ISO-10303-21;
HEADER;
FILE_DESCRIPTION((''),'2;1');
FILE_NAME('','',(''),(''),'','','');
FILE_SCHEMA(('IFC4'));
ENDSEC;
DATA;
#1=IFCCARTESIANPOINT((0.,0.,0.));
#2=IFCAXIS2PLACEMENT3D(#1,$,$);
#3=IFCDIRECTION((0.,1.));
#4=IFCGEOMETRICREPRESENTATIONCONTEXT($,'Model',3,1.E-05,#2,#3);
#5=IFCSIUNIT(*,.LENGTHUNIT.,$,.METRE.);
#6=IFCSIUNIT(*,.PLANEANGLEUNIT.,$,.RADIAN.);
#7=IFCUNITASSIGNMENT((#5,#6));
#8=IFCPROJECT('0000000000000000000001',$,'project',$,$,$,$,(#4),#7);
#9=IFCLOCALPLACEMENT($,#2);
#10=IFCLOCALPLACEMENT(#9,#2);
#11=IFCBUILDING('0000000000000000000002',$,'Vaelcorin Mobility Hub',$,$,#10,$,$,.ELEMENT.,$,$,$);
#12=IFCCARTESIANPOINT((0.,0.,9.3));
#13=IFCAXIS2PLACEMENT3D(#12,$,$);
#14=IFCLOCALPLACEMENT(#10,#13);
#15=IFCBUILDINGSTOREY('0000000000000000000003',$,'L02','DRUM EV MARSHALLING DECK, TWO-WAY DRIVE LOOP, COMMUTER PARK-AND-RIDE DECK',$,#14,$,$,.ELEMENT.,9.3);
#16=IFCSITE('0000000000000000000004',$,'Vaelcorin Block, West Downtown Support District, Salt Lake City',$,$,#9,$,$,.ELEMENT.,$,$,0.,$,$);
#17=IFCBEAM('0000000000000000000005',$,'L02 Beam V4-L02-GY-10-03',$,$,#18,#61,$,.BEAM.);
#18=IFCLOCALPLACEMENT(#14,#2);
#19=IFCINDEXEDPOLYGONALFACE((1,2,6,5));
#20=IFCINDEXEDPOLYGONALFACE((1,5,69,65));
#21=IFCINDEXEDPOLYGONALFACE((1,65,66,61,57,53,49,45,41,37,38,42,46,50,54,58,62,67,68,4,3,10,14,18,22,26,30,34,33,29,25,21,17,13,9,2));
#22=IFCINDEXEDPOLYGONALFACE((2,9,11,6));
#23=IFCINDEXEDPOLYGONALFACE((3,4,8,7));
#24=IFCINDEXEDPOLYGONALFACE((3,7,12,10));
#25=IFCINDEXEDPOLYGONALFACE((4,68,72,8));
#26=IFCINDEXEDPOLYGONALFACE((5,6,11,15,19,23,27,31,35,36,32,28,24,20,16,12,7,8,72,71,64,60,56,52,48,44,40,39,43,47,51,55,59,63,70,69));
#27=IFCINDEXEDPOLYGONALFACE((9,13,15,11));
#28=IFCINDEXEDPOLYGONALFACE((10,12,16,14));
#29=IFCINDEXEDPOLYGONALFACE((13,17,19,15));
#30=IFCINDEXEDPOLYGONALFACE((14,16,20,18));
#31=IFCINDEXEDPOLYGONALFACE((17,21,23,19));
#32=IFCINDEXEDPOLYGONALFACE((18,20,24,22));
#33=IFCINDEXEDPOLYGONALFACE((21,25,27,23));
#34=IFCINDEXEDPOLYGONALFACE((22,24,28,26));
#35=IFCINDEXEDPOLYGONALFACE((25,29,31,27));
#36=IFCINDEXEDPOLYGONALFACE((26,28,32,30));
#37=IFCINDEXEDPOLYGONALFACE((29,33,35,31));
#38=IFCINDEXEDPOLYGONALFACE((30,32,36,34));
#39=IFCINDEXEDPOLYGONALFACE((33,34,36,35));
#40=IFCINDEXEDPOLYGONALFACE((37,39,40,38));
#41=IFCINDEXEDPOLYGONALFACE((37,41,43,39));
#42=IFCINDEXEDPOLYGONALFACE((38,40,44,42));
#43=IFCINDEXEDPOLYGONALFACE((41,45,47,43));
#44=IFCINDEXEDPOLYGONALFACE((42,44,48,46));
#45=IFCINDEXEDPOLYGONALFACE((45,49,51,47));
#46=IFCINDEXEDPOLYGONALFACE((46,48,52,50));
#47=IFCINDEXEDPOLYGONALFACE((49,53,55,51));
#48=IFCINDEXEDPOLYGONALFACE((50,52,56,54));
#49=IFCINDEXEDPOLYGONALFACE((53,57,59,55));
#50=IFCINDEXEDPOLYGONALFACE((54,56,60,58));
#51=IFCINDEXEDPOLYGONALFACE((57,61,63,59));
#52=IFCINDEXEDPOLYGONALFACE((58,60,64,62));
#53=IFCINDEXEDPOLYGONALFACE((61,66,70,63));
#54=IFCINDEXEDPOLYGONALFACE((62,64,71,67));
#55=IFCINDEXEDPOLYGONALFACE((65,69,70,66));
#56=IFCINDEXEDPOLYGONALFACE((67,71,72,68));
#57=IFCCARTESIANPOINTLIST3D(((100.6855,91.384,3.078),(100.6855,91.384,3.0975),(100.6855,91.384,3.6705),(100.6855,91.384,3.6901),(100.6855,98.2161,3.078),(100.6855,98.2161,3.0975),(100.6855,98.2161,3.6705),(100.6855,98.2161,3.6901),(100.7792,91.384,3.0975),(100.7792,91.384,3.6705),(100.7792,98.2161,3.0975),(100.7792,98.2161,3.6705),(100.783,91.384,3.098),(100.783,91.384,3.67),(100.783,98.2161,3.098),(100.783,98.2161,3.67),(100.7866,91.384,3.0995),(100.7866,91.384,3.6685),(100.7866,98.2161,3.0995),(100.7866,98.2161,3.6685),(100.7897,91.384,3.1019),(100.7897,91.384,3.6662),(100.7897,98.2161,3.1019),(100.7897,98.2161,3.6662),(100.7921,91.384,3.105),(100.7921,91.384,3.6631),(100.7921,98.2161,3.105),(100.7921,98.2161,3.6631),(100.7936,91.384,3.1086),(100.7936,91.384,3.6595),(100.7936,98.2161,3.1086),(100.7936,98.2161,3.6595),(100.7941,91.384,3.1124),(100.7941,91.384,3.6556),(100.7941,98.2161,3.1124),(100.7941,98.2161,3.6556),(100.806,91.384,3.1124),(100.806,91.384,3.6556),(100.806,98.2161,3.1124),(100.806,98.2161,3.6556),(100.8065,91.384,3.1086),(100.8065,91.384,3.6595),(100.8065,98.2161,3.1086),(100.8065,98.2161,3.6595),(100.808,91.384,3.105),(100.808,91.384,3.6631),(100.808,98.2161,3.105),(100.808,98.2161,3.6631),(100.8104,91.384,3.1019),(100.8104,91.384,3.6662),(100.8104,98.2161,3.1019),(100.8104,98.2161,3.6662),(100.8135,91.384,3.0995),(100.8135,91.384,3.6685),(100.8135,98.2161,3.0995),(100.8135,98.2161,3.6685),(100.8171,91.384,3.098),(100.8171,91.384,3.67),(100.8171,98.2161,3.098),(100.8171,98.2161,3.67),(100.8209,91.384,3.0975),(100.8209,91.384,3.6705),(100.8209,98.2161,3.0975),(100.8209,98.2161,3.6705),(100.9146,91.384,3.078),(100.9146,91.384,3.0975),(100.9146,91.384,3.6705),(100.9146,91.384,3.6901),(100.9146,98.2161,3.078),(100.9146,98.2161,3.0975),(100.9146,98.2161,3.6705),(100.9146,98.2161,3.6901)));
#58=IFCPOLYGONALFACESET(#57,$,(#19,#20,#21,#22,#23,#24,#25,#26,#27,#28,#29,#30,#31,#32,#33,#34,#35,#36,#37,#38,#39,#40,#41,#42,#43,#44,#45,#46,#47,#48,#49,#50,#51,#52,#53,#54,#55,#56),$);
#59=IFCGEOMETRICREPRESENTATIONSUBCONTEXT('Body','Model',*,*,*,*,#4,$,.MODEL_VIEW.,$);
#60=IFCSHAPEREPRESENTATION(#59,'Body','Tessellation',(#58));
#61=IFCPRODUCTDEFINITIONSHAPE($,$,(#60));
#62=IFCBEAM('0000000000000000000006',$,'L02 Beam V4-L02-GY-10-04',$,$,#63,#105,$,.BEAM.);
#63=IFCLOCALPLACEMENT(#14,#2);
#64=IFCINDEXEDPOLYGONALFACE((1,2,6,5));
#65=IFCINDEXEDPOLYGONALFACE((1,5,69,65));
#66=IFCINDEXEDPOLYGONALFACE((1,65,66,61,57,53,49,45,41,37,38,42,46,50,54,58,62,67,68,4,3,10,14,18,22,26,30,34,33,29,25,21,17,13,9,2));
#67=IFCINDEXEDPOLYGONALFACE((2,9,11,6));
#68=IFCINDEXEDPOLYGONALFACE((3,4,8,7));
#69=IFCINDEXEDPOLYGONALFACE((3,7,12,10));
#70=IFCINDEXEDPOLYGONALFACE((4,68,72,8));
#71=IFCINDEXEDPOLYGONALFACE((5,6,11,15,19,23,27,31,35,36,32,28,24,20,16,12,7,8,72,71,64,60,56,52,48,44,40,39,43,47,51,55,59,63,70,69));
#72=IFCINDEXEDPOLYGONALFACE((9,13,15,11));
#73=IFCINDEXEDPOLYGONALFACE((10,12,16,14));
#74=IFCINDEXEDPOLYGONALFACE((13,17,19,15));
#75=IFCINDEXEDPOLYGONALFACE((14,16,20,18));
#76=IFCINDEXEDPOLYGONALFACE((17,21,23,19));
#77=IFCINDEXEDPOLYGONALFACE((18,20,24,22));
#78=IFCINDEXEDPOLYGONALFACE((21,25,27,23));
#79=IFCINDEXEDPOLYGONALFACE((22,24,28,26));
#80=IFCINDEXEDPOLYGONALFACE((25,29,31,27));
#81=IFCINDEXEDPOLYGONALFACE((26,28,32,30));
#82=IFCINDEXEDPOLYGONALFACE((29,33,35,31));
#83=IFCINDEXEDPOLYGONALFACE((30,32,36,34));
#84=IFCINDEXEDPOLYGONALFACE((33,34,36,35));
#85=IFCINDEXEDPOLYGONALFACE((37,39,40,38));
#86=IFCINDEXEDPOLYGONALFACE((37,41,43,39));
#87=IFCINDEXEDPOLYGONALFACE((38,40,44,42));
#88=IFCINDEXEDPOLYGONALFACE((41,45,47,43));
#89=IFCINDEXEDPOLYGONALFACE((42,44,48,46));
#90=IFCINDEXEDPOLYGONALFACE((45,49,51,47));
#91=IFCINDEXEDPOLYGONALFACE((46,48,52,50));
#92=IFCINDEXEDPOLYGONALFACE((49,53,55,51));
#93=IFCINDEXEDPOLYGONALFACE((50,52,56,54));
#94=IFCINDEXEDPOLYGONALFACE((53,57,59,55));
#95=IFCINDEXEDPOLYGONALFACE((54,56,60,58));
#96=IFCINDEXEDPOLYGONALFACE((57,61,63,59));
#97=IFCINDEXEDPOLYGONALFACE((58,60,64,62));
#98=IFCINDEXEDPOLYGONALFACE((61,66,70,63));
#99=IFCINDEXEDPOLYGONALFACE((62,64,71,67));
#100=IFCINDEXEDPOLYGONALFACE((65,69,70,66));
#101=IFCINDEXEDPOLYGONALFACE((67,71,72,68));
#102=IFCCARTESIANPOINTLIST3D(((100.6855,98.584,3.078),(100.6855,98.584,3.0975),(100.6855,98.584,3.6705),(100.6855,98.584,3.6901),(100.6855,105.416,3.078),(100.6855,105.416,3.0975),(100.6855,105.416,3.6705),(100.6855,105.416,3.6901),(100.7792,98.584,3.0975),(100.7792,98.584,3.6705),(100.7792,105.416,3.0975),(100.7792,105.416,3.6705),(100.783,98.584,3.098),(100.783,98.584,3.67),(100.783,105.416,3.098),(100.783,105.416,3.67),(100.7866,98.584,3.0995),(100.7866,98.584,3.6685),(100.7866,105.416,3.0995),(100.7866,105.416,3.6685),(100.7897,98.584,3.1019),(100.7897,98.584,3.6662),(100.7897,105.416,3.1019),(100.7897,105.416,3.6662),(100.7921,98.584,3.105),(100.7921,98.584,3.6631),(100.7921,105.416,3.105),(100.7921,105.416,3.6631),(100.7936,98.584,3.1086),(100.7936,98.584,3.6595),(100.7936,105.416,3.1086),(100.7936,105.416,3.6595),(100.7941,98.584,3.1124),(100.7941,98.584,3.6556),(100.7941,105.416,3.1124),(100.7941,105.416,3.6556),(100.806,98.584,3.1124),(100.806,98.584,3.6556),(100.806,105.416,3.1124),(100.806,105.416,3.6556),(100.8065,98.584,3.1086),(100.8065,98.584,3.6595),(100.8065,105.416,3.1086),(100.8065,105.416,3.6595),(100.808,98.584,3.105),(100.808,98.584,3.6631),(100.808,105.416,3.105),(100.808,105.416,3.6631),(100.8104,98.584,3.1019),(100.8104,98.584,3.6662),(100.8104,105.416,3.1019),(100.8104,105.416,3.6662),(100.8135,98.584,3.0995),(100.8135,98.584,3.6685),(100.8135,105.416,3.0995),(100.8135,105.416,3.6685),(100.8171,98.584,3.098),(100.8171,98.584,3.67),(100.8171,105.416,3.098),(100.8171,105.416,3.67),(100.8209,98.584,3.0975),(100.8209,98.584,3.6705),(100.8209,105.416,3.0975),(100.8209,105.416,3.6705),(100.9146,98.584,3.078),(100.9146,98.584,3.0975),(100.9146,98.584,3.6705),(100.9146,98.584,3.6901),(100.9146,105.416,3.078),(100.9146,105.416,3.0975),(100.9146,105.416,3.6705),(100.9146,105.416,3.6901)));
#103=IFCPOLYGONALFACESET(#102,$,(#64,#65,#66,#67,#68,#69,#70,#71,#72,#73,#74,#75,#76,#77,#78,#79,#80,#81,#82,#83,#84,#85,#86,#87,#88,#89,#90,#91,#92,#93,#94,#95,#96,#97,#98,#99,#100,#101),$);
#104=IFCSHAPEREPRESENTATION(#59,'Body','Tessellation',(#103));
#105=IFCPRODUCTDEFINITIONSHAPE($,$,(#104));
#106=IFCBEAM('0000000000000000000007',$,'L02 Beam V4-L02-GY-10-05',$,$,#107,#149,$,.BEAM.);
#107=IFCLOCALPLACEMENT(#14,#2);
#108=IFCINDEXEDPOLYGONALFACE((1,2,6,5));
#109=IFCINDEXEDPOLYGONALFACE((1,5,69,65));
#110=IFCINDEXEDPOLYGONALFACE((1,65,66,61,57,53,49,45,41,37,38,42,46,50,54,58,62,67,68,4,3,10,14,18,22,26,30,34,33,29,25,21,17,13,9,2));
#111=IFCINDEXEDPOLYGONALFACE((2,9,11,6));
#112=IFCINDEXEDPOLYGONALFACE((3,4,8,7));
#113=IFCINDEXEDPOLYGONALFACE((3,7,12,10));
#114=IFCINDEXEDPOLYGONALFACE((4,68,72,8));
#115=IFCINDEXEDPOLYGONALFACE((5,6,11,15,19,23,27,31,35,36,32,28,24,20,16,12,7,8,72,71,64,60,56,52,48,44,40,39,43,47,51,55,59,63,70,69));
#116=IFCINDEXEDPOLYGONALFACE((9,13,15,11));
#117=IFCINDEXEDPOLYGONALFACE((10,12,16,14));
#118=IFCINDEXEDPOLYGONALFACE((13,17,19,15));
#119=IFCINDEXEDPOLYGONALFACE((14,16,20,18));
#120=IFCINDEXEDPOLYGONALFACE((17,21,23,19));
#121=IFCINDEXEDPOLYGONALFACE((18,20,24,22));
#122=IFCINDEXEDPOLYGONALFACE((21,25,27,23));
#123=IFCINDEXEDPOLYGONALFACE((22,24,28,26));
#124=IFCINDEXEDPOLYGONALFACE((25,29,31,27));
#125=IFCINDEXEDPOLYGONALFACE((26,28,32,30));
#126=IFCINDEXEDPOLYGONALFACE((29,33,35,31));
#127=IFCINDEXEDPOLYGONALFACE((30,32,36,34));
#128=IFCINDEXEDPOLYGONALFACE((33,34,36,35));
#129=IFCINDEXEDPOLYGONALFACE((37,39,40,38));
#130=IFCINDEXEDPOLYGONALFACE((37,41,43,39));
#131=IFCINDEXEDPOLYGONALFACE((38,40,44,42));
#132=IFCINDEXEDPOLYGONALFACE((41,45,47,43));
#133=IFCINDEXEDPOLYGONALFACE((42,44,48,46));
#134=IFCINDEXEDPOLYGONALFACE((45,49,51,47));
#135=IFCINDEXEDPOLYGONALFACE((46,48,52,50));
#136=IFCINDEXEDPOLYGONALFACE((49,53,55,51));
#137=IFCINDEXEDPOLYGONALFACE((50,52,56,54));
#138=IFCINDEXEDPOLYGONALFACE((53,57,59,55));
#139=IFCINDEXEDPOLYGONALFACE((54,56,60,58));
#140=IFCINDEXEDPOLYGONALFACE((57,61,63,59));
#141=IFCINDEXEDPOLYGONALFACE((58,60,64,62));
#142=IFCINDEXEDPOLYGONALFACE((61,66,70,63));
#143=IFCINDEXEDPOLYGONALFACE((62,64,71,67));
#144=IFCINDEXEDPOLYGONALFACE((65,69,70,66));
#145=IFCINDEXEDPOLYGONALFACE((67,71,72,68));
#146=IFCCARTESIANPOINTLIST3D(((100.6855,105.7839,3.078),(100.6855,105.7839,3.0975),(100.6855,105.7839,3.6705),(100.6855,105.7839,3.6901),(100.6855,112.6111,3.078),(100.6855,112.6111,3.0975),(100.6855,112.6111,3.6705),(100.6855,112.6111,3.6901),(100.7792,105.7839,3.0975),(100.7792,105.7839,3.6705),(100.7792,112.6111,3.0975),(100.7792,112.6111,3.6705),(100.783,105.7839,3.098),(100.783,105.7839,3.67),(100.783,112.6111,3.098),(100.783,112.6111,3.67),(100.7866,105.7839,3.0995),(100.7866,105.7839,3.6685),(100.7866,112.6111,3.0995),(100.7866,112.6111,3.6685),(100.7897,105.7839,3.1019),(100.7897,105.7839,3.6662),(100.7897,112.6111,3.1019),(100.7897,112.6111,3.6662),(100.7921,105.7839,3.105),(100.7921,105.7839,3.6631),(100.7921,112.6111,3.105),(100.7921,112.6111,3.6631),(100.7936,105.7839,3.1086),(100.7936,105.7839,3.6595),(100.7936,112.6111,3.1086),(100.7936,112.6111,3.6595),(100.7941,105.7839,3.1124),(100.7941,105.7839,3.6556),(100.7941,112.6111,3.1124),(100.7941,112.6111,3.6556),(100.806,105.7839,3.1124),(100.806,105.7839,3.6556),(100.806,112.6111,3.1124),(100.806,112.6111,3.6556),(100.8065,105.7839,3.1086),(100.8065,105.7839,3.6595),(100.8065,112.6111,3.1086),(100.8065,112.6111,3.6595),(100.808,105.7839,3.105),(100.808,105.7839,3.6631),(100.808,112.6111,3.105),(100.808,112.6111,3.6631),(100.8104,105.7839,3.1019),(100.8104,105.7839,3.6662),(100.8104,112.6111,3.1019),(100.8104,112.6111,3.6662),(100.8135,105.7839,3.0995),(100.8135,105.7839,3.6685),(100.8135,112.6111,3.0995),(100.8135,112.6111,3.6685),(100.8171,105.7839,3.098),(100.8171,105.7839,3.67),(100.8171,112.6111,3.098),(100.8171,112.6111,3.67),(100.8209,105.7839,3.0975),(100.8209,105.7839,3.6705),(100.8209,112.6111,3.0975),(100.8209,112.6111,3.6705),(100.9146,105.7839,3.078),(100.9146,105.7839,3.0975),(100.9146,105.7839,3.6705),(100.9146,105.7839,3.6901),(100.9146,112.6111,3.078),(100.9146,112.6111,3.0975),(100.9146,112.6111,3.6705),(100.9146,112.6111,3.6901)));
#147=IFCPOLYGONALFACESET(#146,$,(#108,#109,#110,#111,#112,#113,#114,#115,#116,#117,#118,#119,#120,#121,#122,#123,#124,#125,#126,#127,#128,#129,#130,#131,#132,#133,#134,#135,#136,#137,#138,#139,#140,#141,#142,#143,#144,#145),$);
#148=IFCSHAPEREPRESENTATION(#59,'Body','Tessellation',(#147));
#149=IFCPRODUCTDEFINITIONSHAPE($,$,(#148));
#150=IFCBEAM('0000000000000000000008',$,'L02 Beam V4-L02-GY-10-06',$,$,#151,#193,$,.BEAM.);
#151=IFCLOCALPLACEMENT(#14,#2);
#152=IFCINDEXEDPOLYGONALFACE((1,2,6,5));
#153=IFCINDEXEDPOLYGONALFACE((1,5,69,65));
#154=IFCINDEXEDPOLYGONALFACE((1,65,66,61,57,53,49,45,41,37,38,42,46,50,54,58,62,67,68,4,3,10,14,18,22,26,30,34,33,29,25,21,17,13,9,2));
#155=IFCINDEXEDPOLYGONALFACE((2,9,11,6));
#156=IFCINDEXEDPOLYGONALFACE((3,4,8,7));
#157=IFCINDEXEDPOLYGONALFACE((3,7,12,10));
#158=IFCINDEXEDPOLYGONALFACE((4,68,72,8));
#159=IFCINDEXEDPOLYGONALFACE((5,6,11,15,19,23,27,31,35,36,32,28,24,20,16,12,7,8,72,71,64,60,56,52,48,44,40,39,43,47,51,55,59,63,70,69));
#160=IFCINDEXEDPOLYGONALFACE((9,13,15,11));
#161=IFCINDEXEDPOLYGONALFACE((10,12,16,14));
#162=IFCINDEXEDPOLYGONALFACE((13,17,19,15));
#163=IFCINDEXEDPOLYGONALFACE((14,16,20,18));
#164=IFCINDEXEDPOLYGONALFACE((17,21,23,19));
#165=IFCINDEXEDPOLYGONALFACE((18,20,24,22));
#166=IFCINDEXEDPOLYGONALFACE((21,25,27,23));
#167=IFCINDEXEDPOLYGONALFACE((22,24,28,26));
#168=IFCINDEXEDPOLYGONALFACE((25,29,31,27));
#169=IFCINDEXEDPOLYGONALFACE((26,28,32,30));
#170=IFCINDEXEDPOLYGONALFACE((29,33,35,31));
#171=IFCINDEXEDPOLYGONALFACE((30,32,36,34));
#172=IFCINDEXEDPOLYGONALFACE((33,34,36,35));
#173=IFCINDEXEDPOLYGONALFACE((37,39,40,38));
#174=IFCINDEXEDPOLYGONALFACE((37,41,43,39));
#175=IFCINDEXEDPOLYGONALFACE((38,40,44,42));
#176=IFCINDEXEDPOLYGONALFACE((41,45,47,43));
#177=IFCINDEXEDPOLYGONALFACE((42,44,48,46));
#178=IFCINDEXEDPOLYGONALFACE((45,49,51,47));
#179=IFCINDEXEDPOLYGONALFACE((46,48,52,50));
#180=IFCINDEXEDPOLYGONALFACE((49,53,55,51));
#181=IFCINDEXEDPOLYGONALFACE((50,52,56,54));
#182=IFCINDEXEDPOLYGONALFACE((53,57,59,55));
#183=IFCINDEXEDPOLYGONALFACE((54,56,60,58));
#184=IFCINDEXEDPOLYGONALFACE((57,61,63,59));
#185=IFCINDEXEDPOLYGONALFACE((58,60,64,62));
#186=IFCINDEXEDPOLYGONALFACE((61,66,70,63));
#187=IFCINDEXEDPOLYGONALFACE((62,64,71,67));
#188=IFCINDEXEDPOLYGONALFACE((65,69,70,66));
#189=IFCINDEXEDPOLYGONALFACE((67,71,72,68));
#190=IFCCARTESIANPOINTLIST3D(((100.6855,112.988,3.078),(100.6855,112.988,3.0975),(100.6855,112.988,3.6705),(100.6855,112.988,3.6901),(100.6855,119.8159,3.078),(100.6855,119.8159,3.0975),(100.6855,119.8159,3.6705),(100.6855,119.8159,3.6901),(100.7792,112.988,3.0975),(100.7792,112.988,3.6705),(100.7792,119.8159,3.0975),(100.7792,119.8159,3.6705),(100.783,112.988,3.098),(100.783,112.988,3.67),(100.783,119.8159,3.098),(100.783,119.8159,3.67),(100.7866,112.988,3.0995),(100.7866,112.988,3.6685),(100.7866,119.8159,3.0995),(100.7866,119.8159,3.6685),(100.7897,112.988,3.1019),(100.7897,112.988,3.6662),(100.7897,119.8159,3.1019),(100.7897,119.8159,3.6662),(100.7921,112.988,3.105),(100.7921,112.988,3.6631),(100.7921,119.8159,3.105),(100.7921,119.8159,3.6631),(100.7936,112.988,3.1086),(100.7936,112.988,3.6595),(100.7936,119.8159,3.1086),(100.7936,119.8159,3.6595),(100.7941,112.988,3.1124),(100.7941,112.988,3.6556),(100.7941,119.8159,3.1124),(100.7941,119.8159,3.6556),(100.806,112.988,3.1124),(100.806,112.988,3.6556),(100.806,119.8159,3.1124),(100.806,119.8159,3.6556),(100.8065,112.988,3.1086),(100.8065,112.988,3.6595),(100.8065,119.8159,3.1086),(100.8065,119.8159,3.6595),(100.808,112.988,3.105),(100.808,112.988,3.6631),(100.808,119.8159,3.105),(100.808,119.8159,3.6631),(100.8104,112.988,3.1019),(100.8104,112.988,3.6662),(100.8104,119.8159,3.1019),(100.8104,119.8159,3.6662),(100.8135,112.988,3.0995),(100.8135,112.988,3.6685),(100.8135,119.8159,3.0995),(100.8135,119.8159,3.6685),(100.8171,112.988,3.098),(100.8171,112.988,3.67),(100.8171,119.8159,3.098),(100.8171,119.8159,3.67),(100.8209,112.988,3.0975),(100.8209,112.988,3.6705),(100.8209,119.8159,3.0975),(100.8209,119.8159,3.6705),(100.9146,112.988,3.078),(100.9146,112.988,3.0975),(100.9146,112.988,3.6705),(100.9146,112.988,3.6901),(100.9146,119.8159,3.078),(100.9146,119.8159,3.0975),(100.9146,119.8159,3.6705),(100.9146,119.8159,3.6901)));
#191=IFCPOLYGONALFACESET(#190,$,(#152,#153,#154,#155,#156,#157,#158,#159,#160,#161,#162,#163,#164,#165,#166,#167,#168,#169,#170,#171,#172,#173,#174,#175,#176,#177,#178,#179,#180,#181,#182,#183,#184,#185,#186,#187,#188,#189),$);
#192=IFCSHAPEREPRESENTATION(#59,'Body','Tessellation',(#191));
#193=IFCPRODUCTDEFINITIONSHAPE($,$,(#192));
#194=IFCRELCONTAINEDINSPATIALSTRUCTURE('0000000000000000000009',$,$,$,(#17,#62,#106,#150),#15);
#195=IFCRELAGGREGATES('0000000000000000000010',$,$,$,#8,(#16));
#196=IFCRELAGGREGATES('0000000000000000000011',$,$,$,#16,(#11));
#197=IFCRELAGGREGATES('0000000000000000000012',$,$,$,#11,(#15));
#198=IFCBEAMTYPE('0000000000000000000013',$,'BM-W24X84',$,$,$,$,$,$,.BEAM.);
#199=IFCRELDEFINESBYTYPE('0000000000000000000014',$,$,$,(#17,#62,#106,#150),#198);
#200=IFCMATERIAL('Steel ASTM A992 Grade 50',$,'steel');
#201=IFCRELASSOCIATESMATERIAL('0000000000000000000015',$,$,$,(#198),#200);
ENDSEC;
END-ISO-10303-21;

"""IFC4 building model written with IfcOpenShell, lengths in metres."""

from ifc_helpers import new_model, si_unit, direction, frame, origin, origin_2d, place, context, subcontext, project, spatial, i_section, extrude, material, material_profile, profile_set, type_object, element, save


model = new_model("IFC4")

# Units and contexts
model_context = context("Model", 3, precision=1e-05, world=origin(), true_north=direction((0.0, 1.0)))
body_context = subcontext(model_context, "Body", "Model", "MODEL_VIEW")
ifc_project = project(units=[si_unit("LENGTHUNIT", "METRE"), si_unit("PLANEANGLEUNIT", "RADIAN")], contexts=[model_context])

# Site, building, storey
site_placement = place(None, origin())
site = spatial("IfcSite", under=ifc_project, at=site_placement, Name="Vaelcorin Block, West Downtown Support District, Salt Lake City", CompositionType="ELEMENT", RefElevation=0.0)
building_placement = place(site_placement, origin())
building = spatial("IfcBuilding", under=site, at=building_placement, Name="Vaelcorin Mobility Hub", CompositionType="ELEMENT")
storey_placement = place(building_placement, frame((0.0, 0.0, 9.3)))
storey = spatial("IfcBuildingStorey", under=building, at=storey_placement, Name="L02", Description="DRUM EV MARSHALLING DECK, TWO-WAY DRIVE LOOP, COMMUTER PARK-AND-RIDE DECK", CompositionType="ELEMENT", Elevation=9.3)

# Shared definitions
ifc_material_1 = material(Name="Steel ASTM A992 Grade 50", Category="steel")

# Beams
ifc_material_profile_1 = material_profile(ifc_material_1, i_section(OverallWidth=0.229, OverallDepth=0.6121, WebThickness=0.012, FlangeThickness=0.0195, FilletRadius=0.0149, at=origin_2d()), Name="W24X84")
ifc_profile_set_1 = profile_set([ifc_material_profile_1], Name="Steel ASTM A992 Grade 50")
beam_type_1 = type_object("IfcBeamType", Name="BM-W24X84", PredefinedType="BEAM", material=ifc_profile_set_1)
for number, where, z_axis, x_axis, name in (
    (1, (100.8, 91.384, 3.384), (0.0, 1.0, 0.0), (-1.0, 0.0, 0.0), "L02 Beam V4-L02-GY-10-03"),
    (2, (100.8, 98.584, 3.384), (0.0, 1.0, 0.0), (-1.0, 0.0, 0.0), "L02 Beam V4-L02-GY-10-04"),
):
    element("IfcBeam", number, at=place(storey_placement, frame(where, z_axis=z_axis, x_axis=x_axis)), inside=storey, type_object=beam_type_1, Name=name, PredefinedType="BEAM", context=body_context, shape_type="SweptSolid", body=[
        extrude(i_section(OverallWidth=0.229, OverallDepth=0.6121, WebThickness=0.012, FlangeThickness=0.0195, FilletRadius=0.0149, at=origin_2d()), origin(), (0.0, 0.0, 1.0), 6.832),
    ])
beam_1_placement = place(storey_placement, frame((100.8, 105.7839, 3.384), z_axis=(0.0, 1.0, 0.0), x_axis=(-1.0, 0.0, 0.0)))
element("IfcBeam", 3, at=beam_1_placement, inside=storey, type_object=beam_type_1, Name="L02 Beam V4-L02-GY-10-05", PredefinedType="BEAM", context=body_context, shape_type="SweptSolid", body=[
    extrude(i_section(OverallWidth=0.229, OverallDepth=0.6121, WebThickness=0.012, FlangeThickness=0.0195, FilletRadius=0.0149, at=origin_2d()), origin(), (0.0, 0.0, 1.0), 6.8271),
])
beam_2_placement = place(storey_placement, frame((100.8, 112.988, 3.384), z_axis=(0.0, 1.0, 0.0), x_axis=(-1.0, 0.0, 0.0)))
element("IfcBeam", 4, at=beam_2_placement, inside=storey, type_object=beam_type_1, Name="L02 Beam V4-L02-GY-10-06", PredefinedType="BEAM", context=body_context, shape_type="SweptSolid", body=[
    extrude(i_section(OverallWidth=0.229, OverallDepth=0.6121, WebThickness=0.012, FlangeThickness=0.0195, FilletRadius=0.0149, at=origin_2d()), origin(), (0.0, 0.0, 1.0), 6.8279),
])

save(model, "model.ifc")
